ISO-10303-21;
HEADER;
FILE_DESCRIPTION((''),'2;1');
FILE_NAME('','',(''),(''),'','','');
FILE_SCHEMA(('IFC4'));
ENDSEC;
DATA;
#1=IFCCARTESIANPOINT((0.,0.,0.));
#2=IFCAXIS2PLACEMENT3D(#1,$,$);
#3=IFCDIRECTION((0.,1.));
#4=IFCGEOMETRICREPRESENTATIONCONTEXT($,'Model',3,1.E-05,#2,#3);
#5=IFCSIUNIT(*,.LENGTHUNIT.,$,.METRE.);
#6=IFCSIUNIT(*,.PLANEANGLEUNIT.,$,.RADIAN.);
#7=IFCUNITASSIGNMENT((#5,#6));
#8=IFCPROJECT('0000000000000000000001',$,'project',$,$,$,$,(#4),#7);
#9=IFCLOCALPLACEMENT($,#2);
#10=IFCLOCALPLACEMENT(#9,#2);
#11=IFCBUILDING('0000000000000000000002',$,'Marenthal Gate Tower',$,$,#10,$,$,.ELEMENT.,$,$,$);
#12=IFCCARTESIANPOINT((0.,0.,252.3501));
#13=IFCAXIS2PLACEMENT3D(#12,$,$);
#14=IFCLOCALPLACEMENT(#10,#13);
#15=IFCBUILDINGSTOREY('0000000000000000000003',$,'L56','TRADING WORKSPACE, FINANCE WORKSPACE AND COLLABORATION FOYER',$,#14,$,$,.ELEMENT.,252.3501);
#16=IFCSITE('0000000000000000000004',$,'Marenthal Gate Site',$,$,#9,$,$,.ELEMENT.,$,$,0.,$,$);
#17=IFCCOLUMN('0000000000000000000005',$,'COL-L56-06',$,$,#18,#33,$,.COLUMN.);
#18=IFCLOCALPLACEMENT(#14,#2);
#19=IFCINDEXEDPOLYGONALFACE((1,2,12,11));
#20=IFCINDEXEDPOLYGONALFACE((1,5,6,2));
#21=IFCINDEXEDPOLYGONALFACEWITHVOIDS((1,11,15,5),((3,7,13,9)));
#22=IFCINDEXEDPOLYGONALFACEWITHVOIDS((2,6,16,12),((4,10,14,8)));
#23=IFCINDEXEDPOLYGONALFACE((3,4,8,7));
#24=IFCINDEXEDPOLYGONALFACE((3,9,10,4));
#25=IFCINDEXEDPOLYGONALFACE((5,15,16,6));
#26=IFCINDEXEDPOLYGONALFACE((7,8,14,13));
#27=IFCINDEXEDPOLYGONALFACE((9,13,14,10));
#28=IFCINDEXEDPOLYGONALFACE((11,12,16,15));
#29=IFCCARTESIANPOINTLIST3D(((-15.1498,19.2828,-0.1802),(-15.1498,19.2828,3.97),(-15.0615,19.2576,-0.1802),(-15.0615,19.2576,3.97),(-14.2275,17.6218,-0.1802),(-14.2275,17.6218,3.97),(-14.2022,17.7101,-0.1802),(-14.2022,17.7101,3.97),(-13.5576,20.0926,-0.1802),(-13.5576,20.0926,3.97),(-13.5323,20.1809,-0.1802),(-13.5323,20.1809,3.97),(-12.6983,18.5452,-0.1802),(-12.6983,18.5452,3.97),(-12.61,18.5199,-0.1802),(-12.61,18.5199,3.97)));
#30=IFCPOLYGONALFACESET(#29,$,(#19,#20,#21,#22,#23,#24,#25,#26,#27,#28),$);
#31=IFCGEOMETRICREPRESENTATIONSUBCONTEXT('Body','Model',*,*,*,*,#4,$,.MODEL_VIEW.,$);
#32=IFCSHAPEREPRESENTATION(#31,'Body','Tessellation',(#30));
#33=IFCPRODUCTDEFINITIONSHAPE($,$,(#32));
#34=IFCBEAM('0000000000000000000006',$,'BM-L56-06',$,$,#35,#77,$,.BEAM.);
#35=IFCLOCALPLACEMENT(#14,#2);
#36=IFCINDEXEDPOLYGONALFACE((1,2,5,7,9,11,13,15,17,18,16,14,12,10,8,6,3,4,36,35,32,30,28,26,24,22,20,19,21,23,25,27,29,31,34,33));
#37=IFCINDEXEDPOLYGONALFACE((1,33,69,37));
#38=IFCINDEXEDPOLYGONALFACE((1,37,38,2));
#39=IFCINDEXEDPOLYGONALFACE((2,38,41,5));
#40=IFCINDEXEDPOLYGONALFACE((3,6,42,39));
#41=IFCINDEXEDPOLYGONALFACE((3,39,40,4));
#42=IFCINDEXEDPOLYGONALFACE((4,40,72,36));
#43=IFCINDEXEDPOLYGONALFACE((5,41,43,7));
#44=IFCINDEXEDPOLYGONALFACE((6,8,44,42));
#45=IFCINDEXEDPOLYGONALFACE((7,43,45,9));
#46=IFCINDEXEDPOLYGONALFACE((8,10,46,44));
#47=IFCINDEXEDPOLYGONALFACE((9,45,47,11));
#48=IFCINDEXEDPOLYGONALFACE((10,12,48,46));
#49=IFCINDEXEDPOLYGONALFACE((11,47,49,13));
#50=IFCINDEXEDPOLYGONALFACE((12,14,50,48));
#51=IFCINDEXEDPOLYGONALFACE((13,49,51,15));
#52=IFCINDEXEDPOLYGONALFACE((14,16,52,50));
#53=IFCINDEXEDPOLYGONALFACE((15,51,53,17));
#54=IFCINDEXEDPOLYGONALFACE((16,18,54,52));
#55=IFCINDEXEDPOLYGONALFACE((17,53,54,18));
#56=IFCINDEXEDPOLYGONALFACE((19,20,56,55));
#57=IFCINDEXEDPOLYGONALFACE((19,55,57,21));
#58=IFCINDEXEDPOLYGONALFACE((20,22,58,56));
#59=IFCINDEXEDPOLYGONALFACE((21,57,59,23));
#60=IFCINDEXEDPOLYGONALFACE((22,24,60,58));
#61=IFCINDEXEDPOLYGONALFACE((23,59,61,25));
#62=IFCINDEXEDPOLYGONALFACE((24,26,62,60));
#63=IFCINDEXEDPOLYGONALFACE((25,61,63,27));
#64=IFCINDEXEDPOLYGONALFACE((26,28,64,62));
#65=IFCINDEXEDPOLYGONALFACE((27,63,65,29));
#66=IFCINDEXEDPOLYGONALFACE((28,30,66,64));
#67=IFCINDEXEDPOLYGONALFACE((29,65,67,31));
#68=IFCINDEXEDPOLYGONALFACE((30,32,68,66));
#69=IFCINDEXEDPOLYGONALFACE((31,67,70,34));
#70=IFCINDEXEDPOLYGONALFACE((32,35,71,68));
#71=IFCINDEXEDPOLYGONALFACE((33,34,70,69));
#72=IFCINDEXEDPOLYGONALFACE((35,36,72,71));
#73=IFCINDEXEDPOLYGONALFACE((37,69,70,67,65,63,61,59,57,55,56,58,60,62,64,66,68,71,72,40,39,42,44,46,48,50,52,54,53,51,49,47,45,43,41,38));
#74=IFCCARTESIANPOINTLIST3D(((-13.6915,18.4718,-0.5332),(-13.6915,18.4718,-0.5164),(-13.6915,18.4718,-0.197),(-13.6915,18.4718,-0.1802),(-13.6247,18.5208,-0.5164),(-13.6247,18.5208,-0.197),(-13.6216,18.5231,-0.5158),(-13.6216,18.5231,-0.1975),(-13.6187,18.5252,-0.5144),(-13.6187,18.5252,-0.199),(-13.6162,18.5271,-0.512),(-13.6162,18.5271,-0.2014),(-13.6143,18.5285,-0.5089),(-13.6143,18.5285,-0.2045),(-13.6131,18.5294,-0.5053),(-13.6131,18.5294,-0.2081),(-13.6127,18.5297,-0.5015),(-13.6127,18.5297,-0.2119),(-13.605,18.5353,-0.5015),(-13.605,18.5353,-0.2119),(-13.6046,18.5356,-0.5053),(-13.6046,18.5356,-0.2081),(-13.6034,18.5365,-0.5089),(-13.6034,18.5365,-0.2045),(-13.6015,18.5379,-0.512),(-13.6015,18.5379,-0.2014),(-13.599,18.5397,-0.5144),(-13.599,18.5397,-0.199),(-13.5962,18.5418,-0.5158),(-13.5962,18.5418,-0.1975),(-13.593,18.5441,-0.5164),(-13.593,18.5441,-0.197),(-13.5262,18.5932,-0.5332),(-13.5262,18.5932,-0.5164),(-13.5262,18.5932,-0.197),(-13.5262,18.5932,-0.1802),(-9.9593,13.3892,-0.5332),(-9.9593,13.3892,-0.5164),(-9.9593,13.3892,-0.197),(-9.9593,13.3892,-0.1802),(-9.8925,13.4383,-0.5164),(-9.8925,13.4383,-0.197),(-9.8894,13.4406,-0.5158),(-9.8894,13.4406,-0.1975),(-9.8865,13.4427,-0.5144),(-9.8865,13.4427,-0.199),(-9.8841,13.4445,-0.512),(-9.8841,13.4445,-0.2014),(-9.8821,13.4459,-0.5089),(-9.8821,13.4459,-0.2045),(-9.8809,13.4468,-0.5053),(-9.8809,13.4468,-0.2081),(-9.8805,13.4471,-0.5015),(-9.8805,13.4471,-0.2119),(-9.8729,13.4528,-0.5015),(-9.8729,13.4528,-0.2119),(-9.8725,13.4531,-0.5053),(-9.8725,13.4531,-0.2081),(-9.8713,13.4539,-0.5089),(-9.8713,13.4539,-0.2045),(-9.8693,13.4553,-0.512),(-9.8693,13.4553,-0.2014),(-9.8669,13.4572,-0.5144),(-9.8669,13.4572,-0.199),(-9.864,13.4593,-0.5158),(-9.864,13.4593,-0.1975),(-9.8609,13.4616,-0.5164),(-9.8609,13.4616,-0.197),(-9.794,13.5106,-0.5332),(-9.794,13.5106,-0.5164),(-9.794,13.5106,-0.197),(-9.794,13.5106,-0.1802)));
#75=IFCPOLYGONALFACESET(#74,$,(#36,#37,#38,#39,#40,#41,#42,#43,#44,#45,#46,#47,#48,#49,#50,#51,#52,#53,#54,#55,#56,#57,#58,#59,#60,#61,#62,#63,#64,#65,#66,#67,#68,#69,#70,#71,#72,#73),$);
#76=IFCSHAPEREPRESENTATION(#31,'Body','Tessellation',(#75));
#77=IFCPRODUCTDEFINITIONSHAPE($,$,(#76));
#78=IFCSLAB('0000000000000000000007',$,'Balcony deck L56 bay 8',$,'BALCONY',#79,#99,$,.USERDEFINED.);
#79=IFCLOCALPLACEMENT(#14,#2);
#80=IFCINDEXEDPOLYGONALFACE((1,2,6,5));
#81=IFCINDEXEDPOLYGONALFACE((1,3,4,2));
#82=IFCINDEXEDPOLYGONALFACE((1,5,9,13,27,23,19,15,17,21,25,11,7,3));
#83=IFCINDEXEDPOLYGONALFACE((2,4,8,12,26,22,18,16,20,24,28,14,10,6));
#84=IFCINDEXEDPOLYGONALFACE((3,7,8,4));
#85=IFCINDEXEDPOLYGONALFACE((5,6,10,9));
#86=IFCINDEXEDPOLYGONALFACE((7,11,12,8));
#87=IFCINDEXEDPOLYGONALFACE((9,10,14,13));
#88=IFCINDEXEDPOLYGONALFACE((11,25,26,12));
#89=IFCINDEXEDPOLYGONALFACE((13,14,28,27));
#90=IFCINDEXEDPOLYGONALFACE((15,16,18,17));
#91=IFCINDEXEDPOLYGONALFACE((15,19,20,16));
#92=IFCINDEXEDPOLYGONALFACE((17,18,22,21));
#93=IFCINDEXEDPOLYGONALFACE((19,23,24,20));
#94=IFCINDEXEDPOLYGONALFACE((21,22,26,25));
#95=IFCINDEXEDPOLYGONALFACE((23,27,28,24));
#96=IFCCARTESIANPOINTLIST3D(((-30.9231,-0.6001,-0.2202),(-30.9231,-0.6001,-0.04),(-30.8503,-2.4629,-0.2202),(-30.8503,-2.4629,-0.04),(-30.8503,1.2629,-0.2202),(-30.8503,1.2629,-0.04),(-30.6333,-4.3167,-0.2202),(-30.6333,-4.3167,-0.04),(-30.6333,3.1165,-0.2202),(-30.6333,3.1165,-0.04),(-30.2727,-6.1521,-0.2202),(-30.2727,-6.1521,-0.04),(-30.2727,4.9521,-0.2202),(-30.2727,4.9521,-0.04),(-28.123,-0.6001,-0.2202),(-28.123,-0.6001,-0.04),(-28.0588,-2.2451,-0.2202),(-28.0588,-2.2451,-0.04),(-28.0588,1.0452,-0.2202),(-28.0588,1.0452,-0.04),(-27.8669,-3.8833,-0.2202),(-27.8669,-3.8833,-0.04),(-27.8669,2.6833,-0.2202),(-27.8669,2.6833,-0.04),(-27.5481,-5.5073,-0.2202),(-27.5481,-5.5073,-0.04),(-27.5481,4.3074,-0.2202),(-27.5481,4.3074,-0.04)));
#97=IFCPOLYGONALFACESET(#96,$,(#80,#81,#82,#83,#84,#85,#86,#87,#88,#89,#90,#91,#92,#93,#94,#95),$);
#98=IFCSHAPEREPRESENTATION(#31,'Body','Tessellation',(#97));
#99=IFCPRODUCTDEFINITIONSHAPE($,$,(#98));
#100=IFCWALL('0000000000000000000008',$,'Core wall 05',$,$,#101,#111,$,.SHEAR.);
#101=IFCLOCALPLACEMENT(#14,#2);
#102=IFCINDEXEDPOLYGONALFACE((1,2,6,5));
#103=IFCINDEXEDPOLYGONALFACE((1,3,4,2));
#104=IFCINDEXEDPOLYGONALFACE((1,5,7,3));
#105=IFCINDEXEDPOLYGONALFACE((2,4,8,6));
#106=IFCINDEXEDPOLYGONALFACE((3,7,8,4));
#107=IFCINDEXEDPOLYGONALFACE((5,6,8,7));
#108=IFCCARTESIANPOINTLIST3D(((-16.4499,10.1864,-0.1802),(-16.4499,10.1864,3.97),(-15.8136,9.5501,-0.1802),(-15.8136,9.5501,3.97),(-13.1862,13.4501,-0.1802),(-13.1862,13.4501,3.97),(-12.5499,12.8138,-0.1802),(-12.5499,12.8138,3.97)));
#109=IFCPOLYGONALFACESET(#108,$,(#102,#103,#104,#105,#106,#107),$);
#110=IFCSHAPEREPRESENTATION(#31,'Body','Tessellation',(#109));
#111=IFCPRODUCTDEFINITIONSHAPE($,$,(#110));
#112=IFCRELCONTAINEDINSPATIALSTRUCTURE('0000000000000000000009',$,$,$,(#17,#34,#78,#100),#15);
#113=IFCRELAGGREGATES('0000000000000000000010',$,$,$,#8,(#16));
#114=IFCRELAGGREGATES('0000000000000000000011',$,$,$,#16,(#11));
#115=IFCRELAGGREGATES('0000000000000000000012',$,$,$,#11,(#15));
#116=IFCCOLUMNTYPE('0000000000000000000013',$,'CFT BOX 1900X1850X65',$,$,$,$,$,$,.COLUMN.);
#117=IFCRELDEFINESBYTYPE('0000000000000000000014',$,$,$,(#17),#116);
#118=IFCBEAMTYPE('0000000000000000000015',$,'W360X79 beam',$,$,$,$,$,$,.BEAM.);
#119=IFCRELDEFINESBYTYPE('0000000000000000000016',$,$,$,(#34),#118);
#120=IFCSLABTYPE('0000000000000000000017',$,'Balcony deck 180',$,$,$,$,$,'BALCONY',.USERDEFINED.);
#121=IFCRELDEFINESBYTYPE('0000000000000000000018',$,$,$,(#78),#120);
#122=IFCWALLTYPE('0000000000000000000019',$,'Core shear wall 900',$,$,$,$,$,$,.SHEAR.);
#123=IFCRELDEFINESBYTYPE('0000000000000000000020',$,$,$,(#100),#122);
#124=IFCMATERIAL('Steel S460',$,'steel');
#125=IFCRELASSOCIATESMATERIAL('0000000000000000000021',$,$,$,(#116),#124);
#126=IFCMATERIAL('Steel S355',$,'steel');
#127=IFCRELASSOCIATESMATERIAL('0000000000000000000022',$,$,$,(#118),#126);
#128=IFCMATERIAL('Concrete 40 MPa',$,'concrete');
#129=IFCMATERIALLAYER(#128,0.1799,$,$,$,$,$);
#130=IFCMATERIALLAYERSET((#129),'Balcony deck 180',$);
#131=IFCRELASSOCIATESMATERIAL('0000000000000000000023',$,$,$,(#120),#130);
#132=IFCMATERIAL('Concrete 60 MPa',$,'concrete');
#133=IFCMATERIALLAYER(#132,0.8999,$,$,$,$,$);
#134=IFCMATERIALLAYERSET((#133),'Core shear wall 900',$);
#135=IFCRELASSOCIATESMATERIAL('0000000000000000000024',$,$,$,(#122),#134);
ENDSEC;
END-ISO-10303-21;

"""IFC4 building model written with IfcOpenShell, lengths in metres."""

from ifc_helpers import new_model, si_unit, direction, frame, frame_2d, origin, origin_2d, place, context, subcontext, project, spatial, polyline, rectangle, hollow_rectangle, i_section, outline, extrude, material, layer, layer_set, material_profile, profile_set, type_object, element, save


model = new_model("IFC4")

# Units and contexts
model_context = context("Model", 3, precision=1e-05, world=origin(), true_north=direction((0.0, 1.0)))
body_context = subcontext(model_context, "Body", "Model", "MODEL_VIEW")
ifc_project = project(units=[si_unit("LENGTHUNIT", "METRE"), si_unit("PLANEANGLEUNIT", "RADIAN")], contexts=[model_context])

# Site, building, storey
site_placement = place(None, origin())
site = spatial("IfcSite", under=ifc_project, at=site_placement, Name="Marenthal Gate Site", CompositionType="ELEMENT", RefElevation=0.0)
building_placement = place(site_placement, origin())
building = spatial("IfcBuilding", under=site, at=building_placement, Name="Marenthal Gate Tower", CompositionType="ELEMENT")
storey_placement = place(building_placement, frame((0.0, 0.0, 252.3501)))
storey = spatial("IfcBuildingStorey", under=building, at=storey_placement, Name="L56", Description="TRADING WORKSPACE, FINANCE WORKSPACE AND COLLABORATION FOYER", CompositionType="ELEMENT", Elevation=252.3501)

# Column
ifc_material_1 = material(Name="Steel S460", Category="steel")
ifc_material_profile_1 = material_profile(ifc_material_1, hollow_rectangle(XDim=1.8501, YDim=1.8999, WallThickness=0.0649, at=origin_2d()), Name="CFT BOX 1900X1850X65")
ifc_material_2 = material(Name="Concrete 70 MPa", Category="concrete")
ifc_material_profile_2 = material_profile(ifc_material_2, rectangle(XDim=1.72, YDim=1.77, at=origin_2d()), Name="CFT BOX 1900X1850X65 INFILL")
ifc_profile_set_1 = profile_set([ifc_material_profile_1, ifc_material_profile_2], Name="Steel S460 shell, Concrete 70 MPa infill")
column_type = type_object("IfcColumnType", Name="CFT BOX 1900X1850X65", PredefinedType="COLUMN", material=ifc_profile_set_1)
column_placement = place(storey_placement, frame((-13.8799, 18.9014, -0.1802), z_axis=(0.0, 0.0, 1.0), x_axis=(0.874262, 0.485454, 0.0)))
element("IfcColumn", 1, at=column_placement, inside=storey, type_object=column_type, Name="COL-L56-06", PredefinedType="COLUMN", context=body_context, shape_type="SweptSolid", body=[
    extrude(hollow_rectangle(XDim=1.8501, YDim=1.8999, WallThickness=0.0649, at=origin_2d()), origin(), (0.0, 0.0, 1.0), 4.1501),
])

# Beam
ifc_material_3 = material(Name="Steel S355", Category="steel")
ifc_material_profile_3 = material_profile(ifc_material_3, i_section(OverallWidth=0.2051, OverallDepth=0.353, WebThickness=0.0095, FlangeThickness=0.0168, FilletRadius=0.0149, at=origin_2d()), Name="W360X79")
ifc_profile_set_2 = profile_set([ifc_material_profile_3], Name="Steel S355")
beam_type = type_object("IfcBeamType", Name="W360X79 beam", PredefinedType="BEAM", material=ifc_profile_set_2)
beam_placement = place(storey_placement, frame((-13.6089, 18.5325, -0.3567), z_axis=(0.591879, -0.806027, 0.0), x_axis=(0.806027, 0.591879, 0.0)))
element("IfcBeam", 2, at=beam_placement, inside=storey, type_object=beam_type, Name="BM-L56-06", PredefinedType="BEAM", context=body_context, shape_type="SweptSolid", body=[
    extrude(i_section(OverallWidth=0.2051, OverallDepth=0.353, WebThickness=0.0095, FlangeThickness=0.0168, FilletRadius=0.0149, at=origin_2d()), origin(), (0.0, 0.0, 1.0), 6.3057),
])

# Slab
ifc_material_4 = material(Name="Concrete 40 MPa", Category="concrete")
ifc_layer_1 = layer(ifc_material_4, 0.1799)
ifc_layer_set_1 = layer_set([ifc_layer_1], Name="Balcony deck 180")
slab_type = type_object("IfcSlabType", Name="Balcony deck 180", ElementType="BALCONY", PredefinedType="USERDEFINED", material=ifc_layer_set_1)
slab_placement = place(storey_placement, frame((0.0, 0.0, -0.2202)))
element("IfcSlab", 3, at=slab_placement, inside=storey, type_object=slab_type, Name="Balcony deck L56 bay 8", ObjectType="BALCONY", PredefinedType="USERDEFINED", context=body_context, shape_type="SweptSolid", body=[
    extrude(outline(polyline([(-27.5481, 4.3074), (-27.8669, 2.6833), (-28.0588, 1.0452), (-28.123, -0.6001), (-28.0588, -2.2451), (-27.8669, -3.8833), (-27.5481, -5.5073), (-30.2727, -6.1521), (-30.6333, -4.3167), (-30.8503, -2.4629), (-30.9231, -0.6001), (-30.8503, 1.2629), (-30.6333, 3.1165), (-30.2727, 4.9521), (-27.5481, 4.3074)])), origin(), (0.0, 0.0, 1.0), 0.1802),
])

# Wall
ifc_material_5 = material(Name="Concrete 60 MPa", Category="concrete")
ifc_layer_2 = layer(ifc_material_5, 0.8999)
ifc_layer_set_2 = layer_set([ifc_layer_2], Name="Core shear wall 900")
wall_type_1 = type_object("IfcWallType", Name="Core shear wall 900", PredefinedType="SHEAR", material=ifc_layer_set_2)
wall_1_placement = place(storey_placement, frame((-12.8682, 13.1318, -0.1802), z_axis=(0.0, 0.0, 1.0), x_axis=(-0.707107, -0.707107, 0.0)))
element("IfcWall", 4, at=wall_1_placement, inside=storey, type_object=wall_type_1, Name="Core wall 05", PredefinedType="SHEAR", context=body_context, shape_type="SweptSolid", body=[
    extrude(rectangle(XDim=4.6155, YDim=0.8999, at=frame_2d((2.3076, 0.0))), origin(), (0.0, 0.0, 1.0), 4.1501),
])

save(model, "model.ifc")
